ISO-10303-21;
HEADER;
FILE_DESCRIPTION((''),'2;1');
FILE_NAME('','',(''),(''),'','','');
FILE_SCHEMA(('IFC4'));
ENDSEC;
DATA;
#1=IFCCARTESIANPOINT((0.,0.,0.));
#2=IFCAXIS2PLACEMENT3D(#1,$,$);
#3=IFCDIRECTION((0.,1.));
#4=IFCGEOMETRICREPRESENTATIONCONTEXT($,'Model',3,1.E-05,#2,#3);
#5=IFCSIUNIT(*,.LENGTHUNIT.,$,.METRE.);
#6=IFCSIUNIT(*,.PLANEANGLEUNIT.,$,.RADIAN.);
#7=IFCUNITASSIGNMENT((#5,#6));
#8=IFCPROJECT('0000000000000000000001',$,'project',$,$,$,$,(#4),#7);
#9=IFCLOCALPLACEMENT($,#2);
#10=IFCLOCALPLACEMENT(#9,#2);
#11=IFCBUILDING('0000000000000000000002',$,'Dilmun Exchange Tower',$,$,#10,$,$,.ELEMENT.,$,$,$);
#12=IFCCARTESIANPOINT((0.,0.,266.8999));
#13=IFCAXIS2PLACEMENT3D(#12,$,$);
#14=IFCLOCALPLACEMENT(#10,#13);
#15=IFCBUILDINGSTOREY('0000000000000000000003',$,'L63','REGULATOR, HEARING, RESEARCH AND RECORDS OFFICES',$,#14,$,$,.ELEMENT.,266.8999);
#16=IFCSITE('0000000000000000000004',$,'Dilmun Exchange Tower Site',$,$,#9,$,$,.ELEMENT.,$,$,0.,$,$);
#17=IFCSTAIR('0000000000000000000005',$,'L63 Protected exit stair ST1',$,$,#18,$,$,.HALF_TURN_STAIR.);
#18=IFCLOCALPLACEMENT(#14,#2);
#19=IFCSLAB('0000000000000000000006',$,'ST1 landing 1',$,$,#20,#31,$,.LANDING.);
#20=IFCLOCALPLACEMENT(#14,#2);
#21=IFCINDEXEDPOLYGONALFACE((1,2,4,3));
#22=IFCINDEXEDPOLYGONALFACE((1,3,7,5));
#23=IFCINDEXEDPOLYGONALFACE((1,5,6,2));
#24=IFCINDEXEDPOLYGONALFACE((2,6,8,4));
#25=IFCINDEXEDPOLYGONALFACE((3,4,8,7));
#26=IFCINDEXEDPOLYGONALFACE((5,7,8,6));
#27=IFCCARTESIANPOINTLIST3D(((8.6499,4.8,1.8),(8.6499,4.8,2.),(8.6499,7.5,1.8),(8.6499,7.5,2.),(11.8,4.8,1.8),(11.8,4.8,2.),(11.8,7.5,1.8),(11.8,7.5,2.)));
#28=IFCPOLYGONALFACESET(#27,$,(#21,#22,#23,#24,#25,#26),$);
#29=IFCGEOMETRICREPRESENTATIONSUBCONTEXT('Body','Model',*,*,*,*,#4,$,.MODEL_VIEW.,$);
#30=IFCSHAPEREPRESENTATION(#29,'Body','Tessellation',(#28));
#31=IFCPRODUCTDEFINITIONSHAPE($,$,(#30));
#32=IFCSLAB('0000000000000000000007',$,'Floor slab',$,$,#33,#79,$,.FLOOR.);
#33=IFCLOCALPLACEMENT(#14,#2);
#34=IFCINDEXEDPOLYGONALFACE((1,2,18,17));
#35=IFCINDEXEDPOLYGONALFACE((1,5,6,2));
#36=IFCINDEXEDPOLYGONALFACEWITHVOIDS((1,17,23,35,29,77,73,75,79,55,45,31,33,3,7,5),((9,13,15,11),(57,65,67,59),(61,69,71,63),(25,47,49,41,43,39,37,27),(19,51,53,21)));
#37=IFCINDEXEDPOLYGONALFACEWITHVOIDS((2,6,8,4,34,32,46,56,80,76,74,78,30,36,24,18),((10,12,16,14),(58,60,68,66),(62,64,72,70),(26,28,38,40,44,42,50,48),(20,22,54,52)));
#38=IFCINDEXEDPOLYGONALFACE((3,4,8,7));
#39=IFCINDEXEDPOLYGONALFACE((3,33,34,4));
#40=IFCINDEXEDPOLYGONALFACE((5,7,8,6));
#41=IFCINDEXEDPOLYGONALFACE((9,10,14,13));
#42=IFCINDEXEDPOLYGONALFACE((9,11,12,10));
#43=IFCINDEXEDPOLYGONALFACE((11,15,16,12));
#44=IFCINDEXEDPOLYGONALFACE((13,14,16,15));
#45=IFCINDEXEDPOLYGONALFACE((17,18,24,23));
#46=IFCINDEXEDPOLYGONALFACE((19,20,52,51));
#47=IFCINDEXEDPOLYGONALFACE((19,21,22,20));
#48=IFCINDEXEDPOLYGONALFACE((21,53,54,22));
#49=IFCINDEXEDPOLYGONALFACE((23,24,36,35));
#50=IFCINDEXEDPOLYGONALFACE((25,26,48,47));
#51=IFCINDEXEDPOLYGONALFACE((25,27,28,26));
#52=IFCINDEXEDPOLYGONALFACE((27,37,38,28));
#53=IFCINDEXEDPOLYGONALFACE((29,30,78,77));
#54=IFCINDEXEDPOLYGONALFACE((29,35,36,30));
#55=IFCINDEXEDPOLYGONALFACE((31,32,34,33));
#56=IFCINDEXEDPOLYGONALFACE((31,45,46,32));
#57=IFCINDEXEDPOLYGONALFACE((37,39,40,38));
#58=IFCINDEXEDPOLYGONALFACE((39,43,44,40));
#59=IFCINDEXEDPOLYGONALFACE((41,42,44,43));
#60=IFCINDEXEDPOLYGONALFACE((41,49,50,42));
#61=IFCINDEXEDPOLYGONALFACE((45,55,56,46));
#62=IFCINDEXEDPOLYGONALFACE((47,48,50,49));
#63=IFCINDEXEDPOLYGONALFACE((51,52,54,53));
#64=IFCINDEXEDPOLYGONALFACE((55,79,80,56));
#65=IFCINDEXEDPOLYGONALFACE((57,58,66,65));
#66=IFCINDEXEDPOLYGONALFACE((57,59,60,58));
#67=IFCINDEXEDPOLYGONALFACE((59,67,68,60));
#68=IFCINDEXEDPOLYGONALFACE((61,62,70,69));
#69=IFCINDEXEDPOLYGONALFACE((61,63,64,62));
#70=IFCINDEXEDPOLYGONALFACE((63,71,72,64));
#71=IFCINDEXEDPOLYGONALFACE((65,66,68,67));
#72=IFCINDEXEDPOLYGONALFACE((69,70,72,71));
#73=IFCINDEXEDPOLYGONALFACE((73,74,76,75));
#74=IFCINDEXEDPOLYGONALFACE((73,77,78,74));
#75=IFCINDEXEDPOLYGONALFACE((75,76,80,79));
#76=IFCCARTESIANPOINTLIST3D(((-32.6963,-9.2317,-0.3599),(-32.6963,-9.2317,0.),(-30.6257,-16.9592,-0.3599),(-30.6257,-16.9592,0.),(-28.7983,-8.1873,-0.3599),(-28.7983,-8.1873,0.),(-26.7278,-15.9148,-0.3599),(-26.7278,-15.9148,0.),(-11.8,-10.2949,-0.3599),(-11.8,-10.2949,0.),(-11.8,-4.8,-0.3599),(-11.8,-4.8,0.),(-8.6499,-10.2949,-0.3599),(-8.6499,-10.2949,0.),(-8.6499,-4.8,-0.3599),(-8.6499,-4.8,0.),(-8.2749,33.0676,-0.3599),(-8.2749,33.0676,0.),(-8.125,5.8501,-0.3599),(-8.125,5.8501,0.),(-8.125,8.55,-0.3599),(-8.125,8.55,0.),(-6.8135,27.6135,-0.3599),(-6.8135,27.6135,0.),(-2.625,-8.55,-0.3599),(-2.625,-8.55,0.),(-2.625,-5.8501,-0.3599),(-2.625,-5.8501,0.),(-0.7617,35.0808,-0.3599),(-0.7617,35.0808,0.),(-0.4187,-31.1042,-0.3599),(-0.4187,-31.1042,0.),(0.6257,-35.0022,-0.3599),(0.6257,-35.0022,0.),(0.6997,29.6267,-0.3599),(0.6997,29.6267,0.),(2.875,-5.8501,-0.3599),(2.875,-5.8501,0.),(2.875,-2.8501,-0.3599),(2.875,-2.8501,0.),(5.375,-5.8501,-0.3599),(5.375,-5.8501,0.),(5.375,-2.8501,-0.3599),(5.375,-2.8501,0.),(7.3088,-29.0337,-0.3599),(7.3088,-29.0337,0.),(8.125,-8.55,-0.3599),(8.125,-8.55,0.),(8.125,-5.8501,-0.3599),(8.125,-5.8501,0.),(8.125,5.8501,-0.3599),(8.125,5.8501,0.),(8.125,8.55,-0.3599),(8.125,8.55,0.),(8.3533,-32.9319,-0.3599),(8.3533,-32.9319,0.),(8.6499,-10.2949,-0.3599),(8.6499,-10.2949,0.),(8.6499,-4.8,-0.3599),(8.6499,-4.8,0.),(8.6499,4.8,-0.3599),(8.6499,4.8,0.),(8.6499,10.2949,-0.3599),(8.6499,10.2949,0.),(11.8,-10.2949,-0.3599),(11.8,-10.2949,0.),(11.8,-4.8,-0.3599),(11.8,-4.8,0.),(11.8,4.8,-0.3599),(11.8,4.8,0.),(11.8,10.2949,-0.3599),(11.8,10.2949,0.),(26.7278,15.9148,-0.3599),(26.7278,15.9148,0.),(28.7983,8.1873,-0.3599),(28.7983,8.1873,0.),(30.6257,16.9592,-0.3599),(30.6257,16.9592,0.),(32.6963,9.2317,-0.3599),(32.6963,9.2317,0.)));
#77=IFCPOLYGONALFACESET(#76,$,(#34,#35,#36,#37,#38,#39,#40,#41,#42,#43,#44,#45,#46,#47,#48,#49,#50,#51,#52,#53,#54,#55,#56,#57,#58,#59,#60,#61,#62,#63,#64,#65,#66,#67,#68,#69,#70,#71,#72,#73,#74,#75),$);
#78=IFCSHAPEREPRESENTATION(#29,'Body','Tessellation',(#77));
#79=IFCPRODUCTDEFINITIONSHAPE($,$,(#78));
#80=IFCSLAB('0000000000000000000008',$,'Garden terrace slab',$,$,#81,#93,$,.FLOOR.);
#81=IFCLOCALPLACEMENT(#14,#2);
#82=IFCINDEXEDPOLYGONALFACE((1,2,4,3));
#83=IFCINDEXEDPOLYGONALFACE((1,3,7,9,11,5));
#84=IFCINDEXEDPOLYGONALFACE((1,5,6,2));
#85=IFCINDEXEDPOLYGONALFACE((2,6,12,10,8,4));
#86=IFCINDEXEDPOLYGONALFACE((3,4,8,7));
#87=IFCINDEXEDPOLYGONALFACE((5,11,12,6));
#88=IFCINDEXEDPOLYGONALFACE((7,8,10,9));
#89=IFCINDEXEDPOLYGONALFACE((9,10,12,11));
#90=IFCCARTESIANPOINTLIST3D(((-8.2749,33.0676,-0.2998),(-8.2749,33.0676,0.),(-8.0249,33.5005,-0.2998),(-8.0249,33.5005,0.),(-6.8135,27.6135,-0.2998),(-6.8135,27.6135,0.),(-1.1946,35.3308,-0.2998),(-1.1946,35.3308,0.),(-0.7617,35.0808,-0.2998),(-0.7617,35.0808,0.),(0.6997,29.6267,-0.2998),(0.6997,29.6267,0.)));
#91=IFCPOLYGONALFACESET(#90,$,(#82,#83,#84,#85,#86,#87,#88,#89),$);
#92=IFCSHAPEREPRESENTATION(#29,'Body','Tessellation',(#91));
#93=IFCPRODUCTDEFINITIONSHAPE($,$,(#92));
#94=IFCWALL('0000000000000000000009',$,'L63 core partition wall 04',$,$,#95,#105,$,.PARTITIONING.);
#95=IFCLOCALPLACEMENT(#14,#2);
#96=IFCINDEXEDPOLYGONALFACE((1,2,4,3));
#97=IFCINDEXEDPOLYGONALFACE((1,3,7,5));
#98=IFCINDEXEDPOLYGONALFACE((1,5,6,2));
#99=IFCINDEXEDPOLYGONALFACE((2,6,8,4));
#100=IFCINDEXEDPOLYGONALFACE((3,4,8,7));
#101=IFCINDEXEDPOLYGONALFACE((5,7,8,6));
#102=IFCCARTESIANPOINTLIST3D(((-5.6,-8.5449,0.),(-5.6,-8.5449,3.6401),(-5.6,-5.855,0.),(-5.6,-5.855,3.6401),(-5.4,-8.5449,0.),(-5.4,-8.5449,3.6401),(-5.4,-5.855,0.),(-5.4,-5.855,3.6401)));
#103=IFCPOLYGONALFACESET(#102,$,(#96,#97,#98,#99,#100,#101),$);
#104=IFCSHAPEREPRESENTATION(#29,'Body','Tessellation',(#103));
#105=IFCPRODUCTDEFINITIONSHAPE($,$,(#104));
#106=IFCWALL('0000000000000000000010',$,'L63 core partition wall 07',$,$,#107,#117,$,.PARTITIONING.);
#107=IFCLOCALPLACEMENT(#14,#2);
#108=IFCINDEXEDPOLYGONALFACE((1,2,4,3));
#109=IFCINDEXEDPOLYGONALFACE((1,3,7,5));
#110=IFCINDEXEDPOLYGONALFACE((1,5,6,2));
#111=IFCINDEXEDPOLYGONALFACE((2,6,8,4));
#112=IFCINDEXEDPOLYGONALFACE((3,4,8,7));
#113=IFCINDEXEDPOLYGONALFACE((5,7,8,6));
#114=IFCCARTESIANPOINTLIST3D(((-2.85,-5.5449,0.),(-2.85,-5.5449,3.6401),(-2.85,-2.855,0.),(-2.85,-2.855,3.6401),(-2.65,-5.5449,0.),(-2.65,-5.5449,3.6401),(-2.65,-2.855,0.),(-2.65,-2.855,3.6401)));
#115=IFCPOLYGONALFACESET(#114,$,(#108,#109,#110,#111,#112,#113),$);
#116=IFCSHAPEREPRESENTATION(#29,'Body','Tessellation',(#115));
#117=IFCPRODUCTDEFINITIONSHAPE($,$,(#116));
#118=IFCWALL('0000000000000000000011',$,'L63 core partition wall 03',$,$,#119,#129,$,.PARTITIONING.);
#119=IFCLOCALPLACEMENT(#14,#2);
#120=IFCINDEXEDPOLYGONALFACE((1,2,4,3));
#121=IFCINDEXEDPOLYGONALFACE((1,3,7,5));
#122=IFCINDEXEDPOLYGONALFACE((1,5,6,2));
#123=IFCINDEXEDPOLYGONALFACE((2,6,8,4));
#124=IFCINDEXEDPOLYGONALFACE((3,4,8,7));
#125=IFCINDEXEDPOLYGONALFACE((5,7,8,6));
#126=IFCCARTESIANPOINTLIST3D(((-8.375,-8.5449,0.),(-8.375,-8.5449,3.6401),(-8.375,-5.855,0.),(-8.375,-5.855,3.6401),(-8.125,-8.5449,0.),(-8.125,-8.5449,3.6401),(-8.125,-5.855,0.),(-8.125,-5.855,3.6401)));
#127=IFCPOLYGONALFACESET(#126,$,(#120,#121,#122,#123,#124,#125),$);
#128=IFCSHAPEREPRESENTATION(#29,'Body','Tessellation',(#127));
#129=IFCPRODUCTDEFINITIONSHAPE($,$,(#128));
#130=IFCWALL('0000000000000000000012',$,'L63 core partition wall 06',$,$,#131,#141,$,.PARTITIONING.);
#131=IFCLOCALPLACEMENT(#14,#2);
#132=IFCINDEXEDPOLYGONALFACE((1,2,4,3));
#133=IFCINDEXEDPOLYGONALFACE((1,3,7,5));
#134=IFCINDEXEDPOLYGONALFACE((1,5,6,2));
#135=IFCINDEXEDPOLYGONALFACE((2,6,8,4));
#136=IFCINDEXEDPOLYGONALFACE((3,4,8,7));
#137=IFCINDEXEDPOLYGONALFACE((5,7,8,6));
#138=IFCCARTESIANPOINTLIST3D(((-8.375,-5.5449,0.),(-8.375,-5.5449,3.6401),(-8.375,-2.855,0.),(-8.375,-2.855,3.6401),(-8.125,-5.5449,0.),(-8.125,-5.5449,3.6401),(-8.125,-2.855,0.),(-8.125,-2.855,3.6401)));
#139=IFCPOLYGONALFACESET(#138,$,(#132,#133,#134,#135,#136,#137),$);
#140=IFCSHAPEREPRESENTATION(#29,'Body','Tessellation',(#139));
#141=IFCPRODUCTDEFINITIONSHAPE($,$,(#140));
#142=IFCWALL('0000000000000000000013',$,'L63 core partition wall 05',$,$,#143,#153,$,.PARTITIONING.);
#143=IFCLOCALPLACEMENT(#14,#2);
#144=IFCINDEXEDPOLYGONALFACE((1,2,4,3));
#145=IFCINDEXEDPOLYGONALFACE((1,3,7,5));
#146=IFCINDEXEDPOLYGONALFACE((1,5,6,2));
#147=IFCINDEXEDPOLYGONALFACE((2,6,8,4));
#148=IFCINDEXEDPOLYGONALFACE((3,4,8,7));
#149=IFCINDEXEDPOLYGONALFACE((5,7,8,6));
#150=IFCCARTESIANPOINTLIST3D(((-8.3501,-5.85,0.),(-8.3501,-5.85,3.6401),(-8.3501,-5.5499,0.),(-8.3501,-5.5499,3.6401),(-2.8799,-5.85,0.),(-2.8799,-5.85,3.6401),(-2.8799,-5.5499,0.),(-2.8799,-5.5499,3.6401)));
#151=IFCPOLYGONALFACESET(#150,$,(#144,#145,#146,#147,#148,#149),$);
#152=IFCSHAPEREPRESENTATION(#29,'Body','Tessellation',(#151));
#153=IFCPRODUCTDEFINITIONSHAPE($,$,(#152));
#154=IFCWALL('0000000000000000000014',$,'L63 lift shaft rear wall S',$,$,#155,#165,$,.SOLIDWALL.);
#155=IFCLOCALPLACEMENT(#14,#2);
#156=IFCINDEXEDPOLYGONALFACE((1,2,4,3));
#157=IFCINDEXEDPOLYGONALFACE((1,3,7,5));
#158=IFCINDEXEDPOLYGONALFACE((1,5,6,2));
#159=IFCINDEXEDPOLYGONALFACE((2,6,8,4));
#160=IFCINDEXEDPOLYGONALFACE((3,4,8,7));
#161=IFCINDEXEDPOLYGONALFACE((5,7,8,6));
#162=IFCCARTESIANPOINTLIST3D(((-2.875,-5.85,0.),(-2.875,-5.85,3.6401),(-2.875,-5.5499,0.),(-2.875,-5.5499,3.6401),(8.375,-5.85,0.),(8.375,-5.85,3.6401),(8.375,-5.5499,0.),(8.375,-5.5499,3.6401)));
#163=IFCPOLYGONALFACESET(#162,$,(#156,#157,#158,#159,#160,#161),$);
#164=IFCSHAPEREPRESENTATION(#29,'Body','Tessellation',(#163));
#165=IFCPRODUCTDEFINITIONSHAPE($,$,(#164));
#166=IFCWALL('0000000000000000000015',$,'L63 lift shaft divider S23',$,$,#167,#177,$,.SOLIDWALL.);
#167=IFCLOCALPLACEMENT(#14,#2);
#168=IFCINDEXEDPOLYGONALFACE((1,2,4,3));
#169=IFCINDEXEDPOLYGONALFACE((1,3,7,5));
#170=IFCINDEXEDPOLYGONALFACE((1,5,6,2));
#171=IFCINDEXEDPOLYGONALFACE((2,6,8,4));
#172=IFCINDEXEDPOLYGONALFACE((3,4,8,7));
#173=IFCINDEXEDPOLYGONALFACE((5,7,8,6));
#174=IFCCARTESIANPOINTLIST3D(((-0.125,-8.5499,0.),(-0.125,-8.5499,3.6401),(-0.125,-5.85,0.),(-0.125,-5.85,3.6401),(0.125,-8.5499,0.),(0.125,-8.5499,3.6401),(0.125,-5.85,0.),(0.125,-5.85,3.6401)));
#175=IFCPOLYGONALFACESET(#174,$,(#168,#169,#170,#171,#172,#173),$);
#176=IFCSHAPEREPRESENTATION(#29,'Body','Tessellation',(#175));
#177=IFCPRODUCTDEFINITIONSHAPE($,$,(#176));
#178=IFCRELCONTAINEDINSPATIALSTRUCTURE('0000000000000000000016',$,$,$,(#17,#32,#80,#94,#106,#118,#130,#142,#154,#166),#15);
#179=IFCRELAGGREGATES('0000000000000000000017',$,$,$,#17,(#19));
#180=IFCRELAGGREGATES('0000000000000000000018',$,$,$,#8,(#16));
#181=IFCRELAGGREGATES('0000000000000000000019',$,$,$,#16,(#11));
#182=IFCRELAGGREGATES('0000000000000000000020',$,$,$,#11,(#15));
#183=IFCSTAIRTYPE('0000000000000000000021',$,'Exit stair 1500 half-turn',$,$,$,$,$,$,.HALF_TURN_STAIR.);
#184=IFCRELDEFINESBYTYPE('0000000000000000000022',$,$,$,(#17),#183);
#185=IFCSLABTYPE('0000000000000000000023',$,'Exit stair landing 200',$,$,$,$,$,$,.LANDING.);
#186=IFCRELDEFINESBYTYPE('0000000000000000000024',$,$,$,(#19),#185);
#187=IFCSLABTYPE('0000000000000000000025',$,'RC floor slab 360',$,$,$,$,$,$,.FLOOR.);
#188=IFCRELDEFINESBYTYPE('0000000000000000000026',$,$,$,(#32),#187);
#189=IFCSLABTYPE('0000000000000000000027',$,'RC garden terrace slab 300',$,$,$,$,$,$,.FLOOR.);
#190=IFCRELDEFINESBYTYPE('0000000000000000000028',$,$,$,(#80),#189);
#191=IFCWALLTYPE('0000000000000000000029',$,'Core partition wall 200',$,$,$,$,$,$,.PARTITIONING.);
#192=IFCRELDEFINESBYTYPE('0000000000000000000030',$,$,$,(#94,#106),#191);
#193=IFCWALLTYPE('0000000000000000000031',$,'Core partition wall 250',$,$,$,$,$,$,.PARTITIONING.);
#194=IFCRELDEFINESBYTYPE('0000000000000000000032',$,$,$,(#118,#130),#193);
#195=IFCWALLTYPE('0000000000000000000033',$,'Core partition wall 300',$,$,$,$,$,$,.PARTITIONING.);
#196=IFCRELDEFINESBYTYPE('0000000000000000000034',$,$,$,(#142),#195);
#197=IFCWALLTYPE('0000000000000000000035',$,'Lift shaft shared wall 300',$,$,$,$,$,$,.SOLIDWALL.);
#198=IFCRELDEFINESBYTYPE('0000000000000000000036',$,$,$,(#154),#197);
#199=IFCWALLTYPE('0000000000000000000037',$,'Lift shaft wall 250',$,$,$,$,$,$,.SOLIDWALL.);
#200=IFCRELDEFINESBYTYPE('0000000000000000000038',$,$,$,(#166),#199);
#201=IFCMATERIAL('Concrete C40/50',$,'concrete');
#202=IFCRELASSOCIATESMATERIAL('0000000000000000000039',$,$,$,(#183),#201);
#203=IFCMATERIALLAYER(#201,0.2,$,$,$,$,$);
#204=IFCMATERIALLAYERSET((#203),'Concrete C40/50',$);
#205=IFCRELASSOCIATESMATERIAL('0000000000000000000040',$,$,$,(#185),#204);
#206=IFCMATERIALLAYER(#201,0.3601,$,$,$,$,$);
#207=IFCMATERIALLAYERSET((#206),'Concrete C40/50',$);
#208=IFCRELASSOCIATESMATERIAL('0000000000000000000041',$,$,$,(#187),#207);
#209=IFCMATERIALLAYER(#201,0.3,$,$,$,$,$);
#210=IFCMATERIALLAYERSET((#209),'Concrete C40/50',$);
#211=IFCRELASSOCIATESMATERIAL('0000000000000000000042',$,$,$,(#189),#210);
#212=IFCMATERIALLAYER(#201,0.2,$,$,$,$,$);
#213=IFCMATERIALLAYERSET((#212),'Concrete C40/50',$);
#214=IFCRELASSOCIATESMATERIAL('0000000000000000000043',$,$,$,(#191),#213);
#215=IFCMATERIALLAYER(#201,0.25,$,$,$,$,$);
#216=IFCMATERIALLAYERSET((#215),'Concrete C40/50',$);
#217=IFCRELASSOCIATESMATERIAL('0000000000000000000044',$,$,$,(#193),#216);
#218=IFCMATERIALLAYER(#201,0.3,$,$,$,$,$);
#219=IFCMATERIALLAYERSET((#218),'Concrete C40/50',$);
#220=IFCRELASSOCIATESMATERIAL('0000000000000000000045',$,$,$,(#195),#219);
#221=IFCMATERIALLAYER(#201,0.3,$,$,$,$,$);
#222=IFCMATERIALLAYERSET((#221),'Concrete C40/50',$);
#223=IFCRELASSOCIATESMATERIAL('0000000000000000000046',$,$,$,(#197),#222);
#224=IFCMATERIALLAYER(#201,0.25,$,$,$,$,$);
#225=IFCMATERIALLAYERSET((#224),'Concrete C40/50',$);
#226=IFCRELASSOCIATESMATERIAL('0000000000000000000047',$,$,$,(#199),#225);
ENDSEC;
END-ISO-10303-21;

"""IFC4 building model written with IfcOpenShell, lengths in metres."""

from ifc_helpers import new_model, si_unit, direction, frame, frame_2d, origin, place, context, subcontext, project, spatial, polyline, rectangle, outline, extrude, material, layer, layer_set, type_object, element, aggregate, save


model = new_model("IFC4")

# Units and contexts
model_context = context("Model", 3, precision=1e-05, world=origin(), true_north=direction((0.0, 1.0)))
body_context = subcontext(model_context, "Body", "Model", "MODEL_VIEW")
ifc_project = project(units=[si_unit("LENGTHUNIT", "METRE"), si_unit("PLANEANGLEUNIT", "RADIAN")], contexts=[model_context])

# Site, building, storey
site_placement = place(None, origin())
site = spatial("IfcSite", under=ifc_project, at=site_placement, Name="Dilmun Exchange Tower Site", CompositionType="ELEMENT", RefElevation=0.0)
building_placement = place(site_placement, origin())
building = spatial("IfcBuilding", under=site, at=building_placement, Name="Dilmun Exchange Tower", CompositionType="ELEMENT")
storey_placement = place(building_placement, frame((0.0, 0.0, 266.8999)))
storey = spatial("IfcBuildingStorey", under=building, at=storey_placement, Name="L63", Description="REGULATOR, HEARING, RESEARCH AND RECORDS OFFICES", CompositionType="ELEMENT", Elevation=266.8999)

# Stair, slab
ifc_material_1 = material(Name="Concrete C40/50", Category="concrete")
stair_type = type_object("IfcStairType", Name="Exit stair 1500 half-turn", PredefinedType="HALF_TURN_STAIR", material=ifc_material_1)
stair_1_placement = place(storey_placement, origin())
stair_1 = element("IfcStair", 1, at=stair_1_placement, inside=storey, type_object=stair_type, Name="L63 Protected exit stair ST1", PredefinedType="HALF_TURN_STAIR")
ifc_layer_1 = layer(ifc_material_1, 0.2)
ifc_layer_set_1 = layer_set([ifc_layer_1], Name="Concrete C40/50")
slab_type_1 = type_object("IfcSlabType", Name="Exit stair landing 200", PredefinedType="LANDING", material=ifc_layer_set_1)
slab_1_placement = place(storey_placement, frame((0.0, 0.0, 1.8)))
slab_1 = element("IfcSlab", 2, at=slab_1_placement, type_object=slab_type_1, Name="ST1 landing 1", PredefinedType="LANDING", context=body_context, shape_type="SweptSolid", body=[
    extrude(outline(polyline([(8.6499, 7.5), (8.6499, 4.8), (11.8, 4.8), (11.8, 7.5), (8.6499, 7.5)])), origin(), (0.0, 0.0, 1.0), 0.2),
])
aggregate(stair_1, [slab_1])

# Slabs
ifc_layer_2 = layer(ifc_material_1, 0.3601)
ifc_layer_set_2 = layer_set([ifc_layer_2], Name="Concrete C40/50")
slab_type_2 = type_object("IfcSlabType", Name="RC floor slab 360", PredefinedType="FLOOR", material=ifc_layer_set_2)
slab_2_placement = place(storey_placement, frame((0.0, 0.0, -0.3599)))
element("IfcSlab", 3, at=slab_2_placement, inside=storey, type_object=slab_type_2, Name="Floor slab", PredefinedType="FLOOR", context=body_context, shape_type="SweptSolid", body=[
    extrude(outline(polyline([(26.7278, 15.9148), (28.7983, 8.1873), (32.6963, 9.2317), (8.3533, -32.9319), (7.3088, -29.0337), (-0.4187, -31.1042), (0.6257, -35.0022), (-30.6257, -16.9592), (-26.7278, -15.9148), (-28.7983, -8.1873), (-32.6963, -9.2317), (-8.2749, 33.0676), (-6.8135, 27.6135), (0.6997, 29.6267), (-0.7617, 35.0808), (30.6257, 16.9592), (26.7278, 15.9148)]), holes=[polyline([(-8.6499, -4.8), (-11.8, -4.8), (-11.8, -10.2949), (-8.6499, -10.2949), (-8.6499, -4.8)]), polyline([(11.8, -4.8), (8.6499, -4.8), (8.6499, -10.2949), (11.8, -10.2949), (11.8, -4.8)]), polyline([(2.875, -5.8501), (-2.625, -5.8501), (-2.625, -8.55), (8.125, -8.55), (8.125, -5.8501), (5.375, -5.8501), (5.375, -2.8501), (2.875, -2.8501), (2.875, -5.8501)]), polyline([(8.125, 5.8501), (8.125, 8.55), (-8.125, 8.55), (-8.125, 5.8501), (8.125, 5.8501)]), polyline([(8.6499, 10.2949), (8.6499, 4.8), (11.8, 4.8), (11.8, 10.2949), (8.6499, 10.2949)])]), origin(), (0.0, 0.0, 1.0), 0.3599),
])
ifc_layer_3 = layer(ifc_material_1, 0.3)
ifc_layer_set_3 = layer_set([ifc_layer_3], Name="Concrete C40/50")
slab_type_3 = type_object("IfcSlabType", Name="RC garden terrace slab 300", PredefinedType="FLOOR", material=ifc_layer_set_3)
slab_3_placement = place(storey_placement, frame((0.0, 0.0, -0.2998)))
element("IfcSlab", 4, at=slab_3_placement, inside=storey, type_object=slab_type_3, Name="Garden terrace slab", PredefinedType="FLOOR", context=body_context, shape_type="SweptSolid", body=[
    extrude(outline(polyline([(-6.8135, 27.6135), (-8.2749, 33.0676), (-8.0249, 33.5005), (-1.1946, 35.3308), (-0.7617, 35.0808), (0.6997, 29.6267), (-6.8135, 27.6135)])), origin(), (0.0, 0.0, 1.0), 0.2998),
])

# Walls
ifc_layer_4 = layer(ifc_material_1, 0.2)
ifc_layer_set_4 = layer_set([ifc_layer_4], Name="Concrete C40/50")
wall_type_1 = type_object("IfcWallType", Name="Core partition wall 200", PredefinedType="PARTITIONING", material=ifc_layer_set_4)
for number, where, z_axis, x_axis, name in (
    (5, (-5.5, -8.5449, 0.0), (0.0, 0.0, 1.0), (0.0, 1.0, 0.0), "L63 core partition wall 04"),
    (6, (-2.75, -5.5449, 0.0), (0.0, 0.0, 1.0), (0.0, 1.0, 0.0), "L63 core partition wall 07"),
):
    element("IfcWall", number, at=place(storey_placement, frame(where, z_axis=z_axis, x_axis=x_axis)), inside=storey, type_object=wall_type_1, Name=name, PredefinedType="PARTITIONING", context=body_context, shape_type="SweptSolid", body=[
        extrude(rectangle(XDim=2.6899, YDim=0.2, at=frame_2d((1.345, 0.0))), origin(), (0.0, 0.0, 1.0), 3.6401),
    ])

# Walls
ifc_layer_5 = layer(ifc_material_1, 0.25)
ifc_layer_set_5 = layer_set([ifc_layer_5], Name="Concrete C40/50")
wall_type_2 = type_object("IfcWallType", Name="Core partition wall 250", PredefinedType="PARTITIONING", material=ifc_layer_set_5)
for number, where, z_axis, x_axis, name in (
    (7, (-8.25, -8.5449, 0.0), (0.0, 0.0, 1.0), (0.0, 1.0, 0.0), "L63 core partition wall 03"),
    (8, (-8.25, -5.5449, 0.0), (0.0, 0.0, 1.0), (0.0, 1.0, 0.0), "L63 core partition wall 06"),
):
    element("IfcWall", number, at=place(storey_placement, frame(where, z_axis=z_axis, x_axis=x_axis)), inside=storey, type_object=wall_type_2, Name=name, PredefinedType="PARTITIONING", context=body_context, shape_type="SweptSolid", body=[
        extrude(rectangle(XDim=2.6899, YDim=0.25, at=frame_2d((1.345, 0.0))), origin(), (0.0, 0.0, 1.0), 3.6401),
    ])
ifc_layer_6 = layer(ifc_material_1, 0.3)
ifc_layer_set_6 = layer_set([ifc_layer_6], Name="Concrete C40/50")
wall_type_3 = type_object("IfcWallType", Name="Core partition wall 300", PredefinedType="PARTITIONING", material=ifc_layer_set_6)
wall_1_placement = place(storey_placement, frame((-8.3501, -5.7, 0.0), z_axis=(0.0, 0.0, 1.0), x_axis=(1.0, 0.0, 0.0)))
element("IfcWall", 9, at=wall_1_placement, inside=storey, type_object=wall_type_3, Name="L63 core partition wall 05", PredefinedType="PARTITIONING", context=body_context, shape_type="SweptSolid", body=[
    extrude(rectangle(XDim=5.4702, YDim=0.3, at=frame_2d((2.7351, 0.0))), origin(), (0.0, 0.0, 1.0), 3.6401),
])
ifc_layer_7 = layer(ifc_material_1, 0.3)
ifc_layer_set_7 = layer_set([ifc_layer_7], Name="Concrete C40/50")
wall_type_4 = type_object("IfcWallType", Name="Lift shaft shared wall 300", PredefinedType="SOLIDWALL", material=ifc_layer_set_7)
wall_2_placement = place(storey_placement, frame((-2.875, -5.7, 0.0), z_axis=(0.0, 0.0, 1.0), x_axis=(1.0, 0.0, 0.0)))
element("IfcWall", 10, at=wall_2_placement, inside=storey, type_object=wall_type_4, Name="L63 lift shaft rear wall S", PredefinedType="SOLIDWALL", context=body_context, shape_type="SweptSolid", body=[
    extrude(rectangle(XDim=11.25, YDim=0.3, at=frame_2d((5.625, 0.0))), origin(), (0.0, 0.0, 1.0), 3.6401),
])
ifc_layer_8 = layer(ifc_material_1, 0.25)
ifc_layer_set_8 = layer_set([ifc_layer_8], Name="Concrete C40/50")
wall_type_5 = type_object("IfcWallType", Name="Lift shaft wall 250", PredefinedType="SOLIDWALL", material=ifc_layer_set_8)
wall_3_placement = place(storey_placement, frame((0.0, -8.55, 0.0), z_axis=(0.0, 0.0, 1.0), x_axis=(0.0, 1.0, 0.0)))
element("IfcWall", 11, at=wall_3_placement, inside=storey, type_object=wall_type_5, Name="L63 lift shaft divider S23", PredefinedType="SOLIDWALL", context=body_context, shape_type="SweptSolid", body=[
    extrude(rectangle(XDim=2.7, YDim=0.25, at=frame_2d((1.3501, 0.0))), origin(), (0.0, 0.0, 1.0), 3.6401),
])

save(model, "model.ifc")
